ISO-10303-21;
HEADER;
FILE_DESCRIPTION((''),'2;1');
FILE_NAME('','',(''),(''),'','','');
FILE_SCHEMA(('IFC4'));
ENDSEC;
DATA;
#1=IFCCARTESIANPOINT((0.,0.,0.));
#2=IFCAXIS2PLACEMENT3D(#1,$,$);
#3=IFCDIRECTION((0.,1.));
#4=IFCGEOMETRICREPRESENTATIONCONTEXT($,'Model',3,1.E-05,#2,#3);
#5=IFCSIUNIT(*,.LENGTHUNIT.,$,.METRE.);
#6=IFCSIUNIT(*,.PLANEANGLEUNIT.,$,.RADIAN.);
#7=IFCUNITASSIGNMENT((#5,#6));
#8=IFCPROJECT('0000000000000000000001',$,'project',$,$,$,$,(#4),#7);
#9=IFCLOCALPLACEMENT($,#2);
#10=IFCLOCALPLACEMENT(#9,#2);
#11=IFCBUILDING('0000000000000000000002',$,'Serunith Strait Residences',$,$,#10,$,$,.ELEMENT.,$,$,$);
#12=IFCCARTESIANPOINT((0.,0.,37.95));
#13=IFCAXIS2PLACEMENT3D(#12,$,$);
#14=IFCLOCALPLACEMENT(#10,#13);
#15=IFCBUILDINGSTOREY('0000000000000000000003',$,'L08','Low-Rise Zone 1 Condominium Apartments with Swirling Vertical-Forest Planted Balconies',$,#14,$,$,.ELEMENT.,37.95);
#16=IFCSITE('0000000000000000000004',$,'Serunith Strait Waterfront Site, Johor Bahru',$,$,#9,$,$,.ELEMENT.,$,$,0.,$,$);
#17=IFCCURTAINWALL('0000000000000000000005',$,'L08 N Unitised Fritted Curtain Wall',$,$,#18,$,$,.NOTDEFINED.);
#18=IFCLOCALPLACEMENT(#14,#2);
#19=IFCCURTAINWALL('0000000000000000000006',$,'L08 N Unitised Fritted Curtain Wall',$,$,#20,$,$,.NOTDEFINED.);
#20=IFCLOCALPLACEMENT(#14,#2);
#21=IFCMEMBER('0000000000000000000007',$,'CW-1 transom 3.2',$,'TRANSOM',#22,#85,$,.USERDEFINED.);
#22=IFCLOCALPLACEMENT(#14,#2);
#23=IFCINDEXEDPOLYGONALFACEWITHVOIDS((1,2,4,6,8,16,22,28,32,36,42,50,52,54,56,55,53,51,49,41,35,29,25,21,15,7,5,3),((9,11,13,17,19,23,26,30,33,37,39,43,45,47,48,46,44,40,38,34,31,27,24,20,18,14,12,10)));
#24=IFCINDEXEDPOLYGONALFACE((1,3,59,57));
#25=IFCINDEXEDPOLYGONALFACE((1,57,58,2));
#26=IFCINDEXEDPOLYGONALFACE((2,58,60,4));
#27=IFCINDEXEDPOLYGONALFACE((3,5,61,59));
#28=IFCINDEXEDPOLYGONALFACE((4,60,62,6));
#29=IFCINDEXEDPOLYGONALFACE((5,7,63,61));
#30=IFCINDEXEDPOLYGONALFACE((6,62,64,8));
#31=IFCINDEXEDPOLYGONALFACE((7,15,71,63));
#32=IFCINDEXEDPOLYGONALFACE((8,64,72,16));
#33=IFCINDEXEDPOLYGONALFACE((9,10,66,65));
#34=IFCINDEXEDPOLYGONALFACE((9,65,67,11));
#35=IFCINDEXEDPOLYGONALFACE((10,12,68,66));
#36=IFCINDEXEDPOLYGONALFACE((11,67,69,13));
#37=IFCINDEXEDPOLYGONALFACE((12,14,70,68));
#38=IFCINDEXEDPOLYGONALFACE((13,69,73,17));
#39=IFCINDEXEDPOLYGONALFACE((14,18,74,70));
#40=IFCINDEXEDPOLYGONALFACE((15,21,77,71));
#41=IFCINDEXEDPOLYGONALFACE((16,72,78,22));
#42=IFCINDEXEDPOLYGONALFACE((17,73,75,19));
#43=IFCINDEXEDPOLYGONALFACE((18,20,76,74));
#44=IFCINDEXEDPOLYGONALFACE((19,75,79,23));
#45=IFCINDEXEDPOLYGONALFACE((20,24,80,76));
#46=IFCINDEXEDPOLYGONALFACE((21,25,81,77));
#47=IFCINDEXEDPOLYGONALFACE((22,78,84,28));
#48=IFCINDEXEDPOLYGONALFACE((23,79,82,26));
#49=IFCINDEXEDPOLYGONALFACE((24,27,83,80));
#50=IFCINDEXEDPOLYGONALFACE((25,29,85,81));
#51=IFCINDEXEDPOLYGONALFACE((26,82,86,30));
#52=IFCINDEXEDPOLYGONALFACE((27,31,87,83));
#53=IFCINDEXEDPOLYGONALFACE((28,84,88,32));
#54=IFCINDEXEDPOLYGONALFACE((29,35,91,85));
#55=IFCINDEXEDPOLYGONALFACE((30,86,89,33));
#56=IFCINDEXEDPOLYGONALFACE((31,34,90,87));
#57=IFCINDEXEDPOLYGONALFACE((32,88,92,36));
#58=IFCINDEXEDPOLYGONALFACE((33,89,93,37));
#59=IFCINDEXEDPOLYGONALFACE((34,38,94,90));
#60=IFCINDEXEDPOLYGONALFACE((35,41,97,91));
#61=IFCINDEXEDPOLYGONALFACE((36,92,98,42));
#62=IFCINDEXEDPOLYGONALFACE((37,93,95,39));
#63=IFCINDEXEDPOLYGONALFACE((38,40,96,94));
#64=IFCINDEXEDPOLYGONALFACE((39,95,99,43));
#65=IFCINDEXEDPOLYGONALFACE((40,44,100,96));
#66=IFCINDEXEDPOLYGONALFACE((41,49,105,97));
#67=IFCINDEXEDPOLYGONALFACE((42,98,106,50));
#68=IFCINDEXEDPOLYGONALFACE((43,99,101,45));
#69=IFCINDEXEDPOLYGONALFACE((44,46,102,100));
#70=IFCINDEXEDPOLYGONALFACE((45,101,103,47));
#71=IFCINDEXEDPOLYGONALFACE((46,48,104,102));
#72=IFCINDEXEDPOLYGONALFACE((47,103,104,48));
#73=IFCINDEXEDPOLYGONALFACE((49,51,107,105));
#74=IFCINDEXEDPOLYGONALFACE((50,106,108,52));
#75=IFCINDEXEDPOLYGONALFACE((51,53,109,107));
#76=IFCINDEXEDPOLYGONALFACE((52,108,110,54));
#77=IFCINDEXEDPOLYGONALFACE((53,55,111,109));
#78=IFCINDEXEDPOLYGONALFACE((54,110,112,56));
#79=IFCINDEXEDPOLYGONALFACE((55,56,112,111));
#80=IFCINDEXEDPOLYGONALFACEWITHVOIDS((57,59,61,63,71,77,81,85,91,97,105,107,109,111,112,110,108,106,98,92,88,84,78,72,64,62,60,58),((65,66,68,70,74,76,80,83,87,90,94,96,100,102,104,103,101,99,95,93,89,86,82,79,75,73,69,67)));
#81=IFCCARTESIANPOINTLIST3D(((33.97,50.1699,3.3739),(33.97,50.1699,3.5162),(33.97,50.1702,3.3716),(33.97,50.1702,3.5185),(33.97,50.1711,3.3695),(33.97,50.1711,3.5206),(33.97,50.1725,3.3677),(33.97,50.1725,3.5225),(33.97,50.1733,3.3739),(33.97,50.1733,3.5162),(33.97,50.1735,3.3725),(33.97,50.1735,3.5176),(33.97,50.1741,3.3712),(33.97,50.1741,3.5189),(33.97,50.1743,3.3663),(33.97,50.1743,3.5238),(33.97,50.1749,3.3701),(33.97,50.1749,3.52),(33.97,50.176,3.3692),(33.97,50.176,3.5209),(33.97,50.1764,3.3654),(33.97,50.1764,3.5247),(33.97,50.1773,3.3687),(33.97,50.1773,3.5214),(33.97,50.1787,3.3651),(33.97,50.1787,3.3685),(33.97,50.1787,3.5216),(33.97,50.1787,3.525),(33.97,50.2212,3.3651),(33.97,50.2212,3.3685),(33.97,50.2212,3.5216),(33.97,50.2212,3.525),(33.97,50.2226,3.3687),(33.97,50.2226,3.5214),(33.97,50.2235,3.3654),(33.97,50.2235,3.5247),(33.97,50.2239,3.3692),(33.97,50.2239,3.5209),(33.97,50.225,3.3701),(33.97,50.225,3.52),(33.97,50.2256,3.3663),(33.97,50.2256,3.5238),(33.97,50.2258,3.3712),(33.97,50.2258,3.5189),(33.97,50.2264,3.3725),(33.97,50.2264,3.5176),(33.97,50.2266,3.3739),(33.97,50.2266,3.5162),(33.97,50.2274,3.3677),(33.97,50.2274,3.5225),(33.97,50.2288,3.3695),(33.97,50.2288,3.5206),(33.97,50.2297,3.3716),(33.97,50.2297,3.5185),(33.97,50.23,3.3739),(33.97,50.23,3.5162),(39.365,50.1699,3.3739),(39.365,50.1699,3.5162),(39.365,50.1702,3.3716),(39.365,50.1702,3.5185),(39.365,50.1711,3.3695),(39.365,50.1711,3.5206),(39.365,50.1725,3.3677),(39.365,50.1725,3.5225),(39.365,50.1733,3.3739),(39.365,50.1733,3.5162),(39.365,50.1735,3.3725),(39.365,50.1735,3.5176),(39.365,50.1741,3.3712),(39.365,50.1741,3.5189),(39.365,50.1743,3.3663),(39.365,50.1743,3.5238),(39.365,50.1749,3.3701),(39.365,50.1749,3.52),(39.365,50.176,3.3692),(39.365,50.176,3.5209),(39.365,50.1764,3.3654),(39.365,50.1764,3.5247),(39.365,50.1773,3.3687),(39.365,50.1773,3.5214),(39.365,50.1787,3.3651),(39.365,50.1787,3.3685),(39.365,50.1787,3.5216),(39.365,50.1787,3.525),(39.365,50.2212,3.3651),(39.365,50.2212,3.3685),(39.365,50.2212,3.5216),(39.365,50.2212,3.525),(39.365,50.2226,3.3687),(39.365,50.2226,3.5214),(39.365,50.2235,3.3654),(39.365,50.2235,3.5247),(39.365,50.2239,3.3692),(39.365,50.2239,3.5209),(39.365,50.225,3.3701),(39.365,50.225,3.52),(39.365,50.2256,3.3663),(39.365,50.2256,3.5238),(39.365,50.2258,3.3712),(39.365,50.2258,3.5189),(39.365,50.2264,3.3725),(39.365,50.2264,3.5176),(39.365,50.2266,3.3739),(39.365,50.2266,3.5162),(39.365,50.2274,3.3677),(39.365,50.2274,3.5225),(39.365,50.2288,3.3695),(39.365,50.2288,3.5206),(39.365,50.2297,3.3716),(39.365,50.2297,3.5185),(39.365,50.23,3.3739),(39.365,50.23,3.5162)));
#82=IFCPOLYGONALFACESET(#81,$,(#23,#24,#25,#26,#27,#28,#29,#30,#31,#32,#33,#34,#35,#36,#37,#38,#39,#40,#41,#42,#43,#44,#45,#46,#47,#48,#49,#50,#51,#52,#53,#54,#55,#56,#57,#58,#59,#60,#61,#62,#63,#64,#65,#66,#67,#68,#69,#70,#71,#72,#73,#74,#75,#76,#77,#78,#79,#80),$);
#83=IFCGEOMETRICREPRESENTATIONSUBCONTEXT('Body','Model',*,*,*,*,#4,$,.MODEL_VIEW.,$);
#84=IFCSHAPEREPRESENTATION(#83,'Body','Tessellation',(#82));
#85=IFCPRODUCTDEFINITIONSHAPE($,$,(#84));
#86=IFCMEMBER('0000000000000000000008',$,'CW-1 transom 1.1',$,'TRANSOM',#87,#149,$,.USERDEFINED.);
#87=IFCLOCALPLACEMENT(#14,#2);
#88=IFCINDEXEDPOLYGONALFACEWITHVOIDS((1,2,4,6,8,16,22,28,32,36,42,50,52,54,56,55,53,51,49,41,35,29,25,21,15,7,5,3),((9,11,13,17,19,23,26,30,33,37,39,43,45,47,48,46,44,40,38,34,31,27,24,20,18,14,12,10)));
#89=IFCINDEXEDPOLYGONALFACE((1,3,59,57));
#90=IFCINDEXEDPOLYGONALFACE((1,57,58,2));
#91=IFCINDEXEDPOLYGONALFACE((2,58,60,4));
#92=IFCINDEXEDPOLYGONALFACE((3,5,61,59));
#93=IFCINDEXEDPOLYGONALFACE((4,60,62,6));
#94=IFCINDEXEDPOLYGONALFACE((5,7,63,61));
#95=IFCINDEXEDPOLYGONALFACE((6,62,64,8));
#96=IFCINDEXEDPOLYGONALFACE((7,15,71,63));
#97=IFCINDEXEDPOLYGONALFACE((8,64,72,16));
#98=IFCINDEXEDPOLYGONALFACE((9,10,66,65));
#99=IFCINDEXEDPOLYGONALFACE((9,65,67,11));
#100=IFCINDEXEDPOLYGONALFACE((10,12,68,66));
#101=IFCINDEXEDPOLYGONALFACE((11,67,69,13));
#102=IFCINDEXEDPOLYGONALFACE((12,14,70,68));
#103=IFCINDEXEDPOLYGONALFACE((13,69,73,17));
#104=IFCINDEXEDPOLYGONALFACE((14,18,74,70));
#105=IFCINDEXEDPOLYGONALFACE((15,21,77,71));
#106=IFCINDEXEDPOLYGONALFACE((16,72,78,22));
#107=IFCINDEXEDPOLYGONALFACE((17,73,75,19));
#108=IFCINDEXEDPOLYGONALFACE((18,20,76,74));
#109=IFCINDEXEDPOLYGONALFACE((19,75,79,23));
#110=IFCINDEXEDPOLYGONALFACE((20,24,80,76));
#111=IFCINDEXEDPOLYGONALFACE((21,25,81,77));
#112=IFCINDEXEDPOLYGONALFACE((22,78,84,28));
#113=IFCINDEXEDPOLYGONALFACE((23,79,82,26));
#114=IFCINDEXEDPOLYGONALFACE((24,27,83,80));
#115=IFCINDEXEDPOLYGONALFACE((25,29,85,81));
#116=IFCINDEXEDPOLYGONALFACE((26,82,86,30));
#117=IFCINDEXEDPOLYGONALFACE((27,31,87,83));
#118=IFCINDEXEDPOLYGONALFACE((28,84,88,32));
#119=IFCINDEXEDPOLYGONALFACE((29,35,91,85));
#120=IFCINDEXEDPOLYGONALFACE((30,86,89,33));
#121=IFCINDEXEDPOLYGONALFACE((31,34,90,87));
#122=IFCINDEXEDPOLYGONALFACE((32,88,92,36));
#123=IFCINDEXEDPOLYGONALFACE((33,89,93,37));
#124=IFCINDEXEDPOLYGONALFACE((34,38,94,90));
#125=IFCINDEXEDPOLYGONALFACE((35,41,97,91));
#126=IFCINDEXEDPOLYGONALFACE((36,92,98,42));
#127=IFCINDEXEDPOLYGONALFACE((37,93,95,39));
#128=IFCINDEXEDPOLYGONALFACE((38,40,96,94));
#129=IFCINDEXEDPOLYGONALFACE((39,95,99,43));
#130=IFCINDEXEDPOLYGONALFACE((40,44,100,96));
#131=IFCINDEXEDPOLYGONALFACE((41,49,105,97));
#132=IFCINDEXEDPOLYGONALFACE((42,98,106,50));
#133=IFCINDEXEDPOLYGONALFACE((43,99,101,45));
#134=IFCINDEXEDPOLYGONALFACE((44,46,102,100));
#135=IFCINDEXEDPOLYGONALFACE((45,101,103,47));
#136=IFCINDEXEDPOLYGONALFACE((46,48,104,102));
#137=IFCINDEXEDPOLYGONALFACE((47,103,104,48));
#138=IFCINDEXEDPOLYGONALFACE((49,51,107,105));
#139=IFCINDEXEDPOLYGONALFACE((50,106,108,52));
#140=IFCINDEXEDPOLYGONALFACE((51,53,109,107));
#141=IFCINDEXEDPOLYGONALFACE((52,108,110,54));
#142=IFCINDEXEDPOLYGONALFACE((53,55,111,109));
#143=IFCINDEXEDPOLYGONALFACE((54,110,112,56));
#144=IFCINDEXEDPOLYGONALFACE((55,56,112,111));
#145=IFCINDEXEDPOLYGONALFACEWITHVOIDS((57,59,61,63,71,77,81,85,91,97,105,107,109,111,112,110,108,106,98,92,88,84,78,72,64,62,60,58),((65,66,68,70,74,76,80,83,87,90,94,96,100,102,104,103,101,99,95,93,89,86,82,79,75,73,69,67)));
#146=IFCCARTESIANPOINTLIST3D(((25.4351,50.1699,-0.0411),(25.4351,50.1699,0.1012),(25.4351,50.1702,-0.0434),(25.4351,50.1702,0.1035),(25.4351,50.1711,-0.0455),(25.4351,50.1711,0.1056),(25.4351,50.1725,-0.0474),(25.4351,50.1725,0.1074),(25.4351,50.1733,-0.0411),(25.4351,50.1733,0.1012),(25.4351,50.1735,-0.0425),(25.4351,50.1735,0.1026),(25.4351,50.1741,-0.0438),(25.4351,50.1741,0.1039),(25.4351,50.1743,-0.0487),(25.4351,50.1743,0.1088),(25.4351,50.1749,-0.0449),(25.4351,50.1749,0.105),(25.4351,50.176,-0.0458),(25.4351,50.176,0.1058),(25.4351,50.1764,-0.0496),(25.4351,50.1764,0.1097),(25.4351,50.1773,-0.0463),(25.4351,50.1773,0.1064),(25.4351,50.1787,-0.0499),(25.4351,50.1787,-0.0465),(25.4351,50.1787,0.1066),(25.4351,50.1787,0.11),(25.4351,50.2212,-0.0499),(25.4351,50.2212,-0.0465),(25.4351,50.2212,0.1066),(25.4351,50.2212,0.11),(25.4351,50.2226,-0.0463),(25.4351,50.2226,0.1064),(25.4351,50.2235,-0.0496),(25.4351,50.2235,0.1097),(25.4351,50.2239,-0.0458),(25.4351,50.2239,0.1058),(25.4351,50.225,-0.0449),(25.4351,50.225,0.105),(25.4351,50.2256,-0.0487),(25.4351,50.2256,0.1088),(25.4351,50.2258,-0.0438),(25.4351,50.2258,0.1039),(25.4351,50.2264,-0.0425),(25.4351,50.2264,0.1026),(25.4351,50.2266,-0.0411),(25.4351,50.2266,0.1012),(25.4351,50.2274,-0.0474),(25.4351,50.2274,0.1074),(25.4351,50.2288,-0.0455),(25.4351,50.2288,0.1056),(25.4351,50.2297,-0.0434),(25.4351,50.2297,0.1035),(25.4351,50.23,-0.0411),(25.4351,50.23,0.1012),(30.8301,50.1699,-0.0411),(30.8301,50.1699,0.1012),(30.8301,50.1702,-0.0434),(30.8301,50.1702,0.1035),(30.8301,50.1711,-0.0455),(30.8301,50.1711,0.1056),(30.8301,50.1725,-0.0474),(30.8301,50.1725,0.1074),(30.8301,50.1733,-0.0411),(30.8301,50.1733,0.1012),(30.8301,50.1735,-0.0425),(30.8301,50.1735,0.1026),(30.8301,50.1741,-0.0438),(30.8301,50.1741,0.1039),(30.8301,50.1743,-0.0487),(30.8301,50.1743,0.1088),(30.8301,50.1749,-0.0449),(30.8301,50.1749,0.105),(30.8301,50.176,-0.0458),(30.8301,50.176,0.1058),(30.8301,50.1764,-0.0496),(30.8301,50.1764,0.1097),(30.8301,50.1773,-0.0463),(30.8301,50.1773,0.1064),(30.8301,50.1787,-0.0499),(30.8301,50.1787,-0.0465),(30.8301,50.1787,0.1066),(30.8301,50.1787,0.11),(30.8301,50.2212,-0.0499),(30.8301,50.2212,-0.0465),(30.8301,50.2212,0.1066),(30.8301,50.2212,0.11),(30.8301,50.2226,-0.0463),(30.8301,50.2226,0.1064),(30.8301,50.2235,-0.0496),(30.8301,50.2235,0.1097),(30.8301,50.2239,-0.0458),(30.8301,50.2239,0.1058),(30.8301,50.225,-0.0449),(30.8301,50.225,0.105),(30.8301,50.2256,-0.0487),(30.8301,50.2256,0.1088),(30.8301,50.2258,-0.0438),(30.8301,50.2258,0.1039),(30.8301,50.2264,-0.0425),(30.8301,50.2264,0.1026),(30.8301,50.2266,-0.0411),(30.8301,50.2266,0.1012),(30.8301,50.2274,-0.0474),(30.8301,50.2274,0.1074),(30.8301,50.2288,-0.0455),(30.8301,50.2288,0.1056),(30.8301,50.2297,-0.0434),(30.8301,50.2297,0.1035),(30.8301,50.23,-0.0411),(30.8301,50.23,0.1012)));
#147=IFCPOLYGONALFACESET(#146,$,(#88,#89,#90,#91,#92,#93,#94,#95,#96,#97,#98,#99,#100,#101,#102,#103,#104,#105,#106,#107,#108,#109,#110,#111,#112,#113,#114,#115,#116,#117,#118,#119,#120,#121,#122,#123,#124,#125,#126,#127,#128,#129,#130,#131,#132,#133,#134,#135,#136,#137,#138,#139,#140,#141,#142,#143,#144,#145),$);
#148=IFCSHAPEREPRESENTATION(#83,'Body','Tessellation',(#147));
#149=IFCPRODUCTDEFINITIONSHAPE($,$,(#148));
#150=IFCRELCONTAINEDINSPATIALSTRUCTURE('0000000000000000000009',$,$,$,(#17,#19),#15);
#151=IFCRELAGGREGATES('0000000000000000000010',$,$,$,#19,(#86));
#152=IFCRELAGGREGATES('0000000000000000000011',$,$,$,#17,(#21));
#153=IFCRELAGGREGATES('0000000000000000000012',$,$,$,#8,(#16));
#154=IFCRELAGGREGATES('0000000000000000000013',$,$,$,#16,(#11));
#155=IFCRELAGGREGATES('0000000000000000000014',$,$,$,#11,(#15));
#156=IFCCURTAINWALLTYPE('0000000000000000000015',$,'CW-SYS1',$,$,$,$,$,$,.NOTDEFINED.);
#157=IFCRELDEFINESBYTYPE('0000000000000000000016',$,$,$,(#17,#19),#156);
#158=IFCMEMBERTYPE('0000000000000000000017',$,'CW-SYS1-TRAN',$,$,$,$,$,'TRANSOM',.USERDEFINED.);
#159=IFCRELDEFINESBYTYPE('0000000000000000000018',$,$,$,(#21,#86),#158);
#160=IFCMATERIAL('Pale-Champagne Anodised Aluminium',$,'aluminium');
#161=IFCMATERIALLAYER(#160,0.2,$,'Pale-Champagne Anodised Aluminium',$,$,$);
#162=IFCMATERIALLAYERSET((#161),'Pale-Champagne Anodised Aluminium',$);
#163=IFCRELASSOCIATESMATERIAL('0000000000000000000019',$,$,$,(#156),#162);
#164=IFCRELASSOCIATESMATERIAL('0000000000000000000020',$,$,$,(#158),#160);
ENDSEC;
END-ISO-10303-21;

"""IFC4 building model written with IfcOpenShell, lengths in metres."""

from ifc_helpers import new_model, si_unit, direction, frame, origin, origin_2d, place, context, subcontext, project, spatial, hollow_rectangle, extrude, source, transform, mapped, material, layer, layer_set, material_profile, profile_set, type_object, element, aggregate, save


model = new_model("IFC4")

# Units and contexts
model_context = context("Model", 3, precision=1e-05, world=origin(), true_north=direction((0.0, 1.0)))
body_context = subcontext(model_context, "Body", "Model", "MODEL_VIEW")
ifc_project = project(units=[si_unit("LENGTHUNIT", "METRE"), si_unit("PLANEANGLEUNIT", "RADIAN")], contexts=[model_context])

# Site, building, storey
site_placement = place(None, origin())
site = spatial("IfcSite", under=ifc_project, at=site_placement, Name="Serunith Strait Waterfront Site, Johor Bahru", CompositionType="ELEMENT", RefElevation=0.0)
building_placement = place(site_placement, origin())
building = spatial("IfcBuilding", under=site, at=building_placement, Name="Serunith Strait Residences", CompositionType="ELEMENT")
storey_placement = place(building_placement, frame((0.0, 0.0, 37.95)))
storey = spatial("IfcBuildingStorey", under=building, at=storey_placement, Name="L08", Description="Low-Rise Zone 1 Condominium Apartments with Swirling Vertical-Forest Planted Balconies", CompositionType="ELEMENT", Elevation=37.95)

# Curtain wall
ifc_material_1 = material(Name="Pale-Champagne Anodised Aluminium", Category="aluminium")
ifc_layer_1 = layer(ifc_material_1, 0.2, Name="Pale-Champagne Anodised Aluminium")
ifc_layer_set_1 = layer_set([ifc_layer_1], Name="Pale-Champagne Anodised Aluminium")
curtain_wall_type = type_object("IfcCurtainWallType", Name="CW-SYS1", PredefinedType="NOTDEFINED", material=ifc_layer_set_1)
curtain_wall_1_placement = place(storey_placement, origin())
curtain_wall_1 = element("IfcCurtainWall", 1, at=curtain_wall_1_placement, inside=storey, type_object=curtain_wall_type, Name="L08 N Unitised Fritted Curtain Wall", PredefinedType="NOTDEFINED")

# Curtain wall
curtain_wall_2_placement = place(storey_placement, origin())
curtain_wall_2 = element("IfcCurtainWall", 2, at=curtain_wall_2_placement, inside=storey, type_object=curtain_wall_type, Name="L08 N Unitised Fritted Curtain Wall", PredefinedType="NOTDEFINED")

# Members
ifc_material_profile_1 = material_profile(ifc_material_1, hollow_rectangle(XDim=0.0601, YDim=0.1599, WallThickness=0.0034, InnerFilletRadius=0.0054, OuterFilletRadius=0.0088, at=origin_2d()), Name="ALU 160x60x3.5")
ifc_profile_set_1 = profile_set([ifc_material_profile_1], Name="Pale-Champagne Anodised Aluminium")
member_type_1 = type_object("IfcMemberType", Name="CW-SYS1-TRAN", ElementType="TRANSOM", PredefinedType="USERDEFINED", material=ifc_profile_set_1)
shared_shape_1 = source(origin(), body_context, "Body", "SweptSolid", [
    extrude(hollow_rectangle(XDim=0.0601, YDim=0.1599, WallThickness=0.0034, InnerFilletRadius=0.0054, OuterFilletRadius=0.0088, at=origin_2d()), origin(), (0.0, 0.0, 1.0), 5.395),
])
member_1_placement = place(storey_placement, frame((39.365, 50.2, 3.4451), z_axis=(-1.0, 0.0, 0.0), x_axis=(0.0, -1.0, 0.0)))
member_1 = element("IfcMember", 3, at=member_1_placement, type_object=member_type_1, Name="CW-1 transom 3.2", ObjectType="TRANSOM", PredefinedType="USERDEFINED", context=body_context, shape_type="MappedRepresentation", body=[
    mapped(shared_shape_1, transform((0.0, 0.0, 0.0), scale=1.0)),
])
member_2_placement = place(storey_placement, frame((30.8301, 50.2, 0.03), z_axis=(-1.0, 0.0, 0.0), x_axis=(0.0, -1.0, 0.0)))
member_2 = element("IfcMember", 4, at=member_2_placement, type_object=member_type_1, Name="CW-1 transom 1.1", ObjectType="TRANSOM", PredefinedType="USERDEFINED", context=body_context, shape_type="MappedRepresentation", body=[
    mapped(shared_shape_1, transform((0.0, 0.0, 0.0), scale=1.0)),
])
aggregate(curtain_wall_2, [member_2])

aggregate(curtain_wall_1, [member_1])

save(model, "model.ifc")
